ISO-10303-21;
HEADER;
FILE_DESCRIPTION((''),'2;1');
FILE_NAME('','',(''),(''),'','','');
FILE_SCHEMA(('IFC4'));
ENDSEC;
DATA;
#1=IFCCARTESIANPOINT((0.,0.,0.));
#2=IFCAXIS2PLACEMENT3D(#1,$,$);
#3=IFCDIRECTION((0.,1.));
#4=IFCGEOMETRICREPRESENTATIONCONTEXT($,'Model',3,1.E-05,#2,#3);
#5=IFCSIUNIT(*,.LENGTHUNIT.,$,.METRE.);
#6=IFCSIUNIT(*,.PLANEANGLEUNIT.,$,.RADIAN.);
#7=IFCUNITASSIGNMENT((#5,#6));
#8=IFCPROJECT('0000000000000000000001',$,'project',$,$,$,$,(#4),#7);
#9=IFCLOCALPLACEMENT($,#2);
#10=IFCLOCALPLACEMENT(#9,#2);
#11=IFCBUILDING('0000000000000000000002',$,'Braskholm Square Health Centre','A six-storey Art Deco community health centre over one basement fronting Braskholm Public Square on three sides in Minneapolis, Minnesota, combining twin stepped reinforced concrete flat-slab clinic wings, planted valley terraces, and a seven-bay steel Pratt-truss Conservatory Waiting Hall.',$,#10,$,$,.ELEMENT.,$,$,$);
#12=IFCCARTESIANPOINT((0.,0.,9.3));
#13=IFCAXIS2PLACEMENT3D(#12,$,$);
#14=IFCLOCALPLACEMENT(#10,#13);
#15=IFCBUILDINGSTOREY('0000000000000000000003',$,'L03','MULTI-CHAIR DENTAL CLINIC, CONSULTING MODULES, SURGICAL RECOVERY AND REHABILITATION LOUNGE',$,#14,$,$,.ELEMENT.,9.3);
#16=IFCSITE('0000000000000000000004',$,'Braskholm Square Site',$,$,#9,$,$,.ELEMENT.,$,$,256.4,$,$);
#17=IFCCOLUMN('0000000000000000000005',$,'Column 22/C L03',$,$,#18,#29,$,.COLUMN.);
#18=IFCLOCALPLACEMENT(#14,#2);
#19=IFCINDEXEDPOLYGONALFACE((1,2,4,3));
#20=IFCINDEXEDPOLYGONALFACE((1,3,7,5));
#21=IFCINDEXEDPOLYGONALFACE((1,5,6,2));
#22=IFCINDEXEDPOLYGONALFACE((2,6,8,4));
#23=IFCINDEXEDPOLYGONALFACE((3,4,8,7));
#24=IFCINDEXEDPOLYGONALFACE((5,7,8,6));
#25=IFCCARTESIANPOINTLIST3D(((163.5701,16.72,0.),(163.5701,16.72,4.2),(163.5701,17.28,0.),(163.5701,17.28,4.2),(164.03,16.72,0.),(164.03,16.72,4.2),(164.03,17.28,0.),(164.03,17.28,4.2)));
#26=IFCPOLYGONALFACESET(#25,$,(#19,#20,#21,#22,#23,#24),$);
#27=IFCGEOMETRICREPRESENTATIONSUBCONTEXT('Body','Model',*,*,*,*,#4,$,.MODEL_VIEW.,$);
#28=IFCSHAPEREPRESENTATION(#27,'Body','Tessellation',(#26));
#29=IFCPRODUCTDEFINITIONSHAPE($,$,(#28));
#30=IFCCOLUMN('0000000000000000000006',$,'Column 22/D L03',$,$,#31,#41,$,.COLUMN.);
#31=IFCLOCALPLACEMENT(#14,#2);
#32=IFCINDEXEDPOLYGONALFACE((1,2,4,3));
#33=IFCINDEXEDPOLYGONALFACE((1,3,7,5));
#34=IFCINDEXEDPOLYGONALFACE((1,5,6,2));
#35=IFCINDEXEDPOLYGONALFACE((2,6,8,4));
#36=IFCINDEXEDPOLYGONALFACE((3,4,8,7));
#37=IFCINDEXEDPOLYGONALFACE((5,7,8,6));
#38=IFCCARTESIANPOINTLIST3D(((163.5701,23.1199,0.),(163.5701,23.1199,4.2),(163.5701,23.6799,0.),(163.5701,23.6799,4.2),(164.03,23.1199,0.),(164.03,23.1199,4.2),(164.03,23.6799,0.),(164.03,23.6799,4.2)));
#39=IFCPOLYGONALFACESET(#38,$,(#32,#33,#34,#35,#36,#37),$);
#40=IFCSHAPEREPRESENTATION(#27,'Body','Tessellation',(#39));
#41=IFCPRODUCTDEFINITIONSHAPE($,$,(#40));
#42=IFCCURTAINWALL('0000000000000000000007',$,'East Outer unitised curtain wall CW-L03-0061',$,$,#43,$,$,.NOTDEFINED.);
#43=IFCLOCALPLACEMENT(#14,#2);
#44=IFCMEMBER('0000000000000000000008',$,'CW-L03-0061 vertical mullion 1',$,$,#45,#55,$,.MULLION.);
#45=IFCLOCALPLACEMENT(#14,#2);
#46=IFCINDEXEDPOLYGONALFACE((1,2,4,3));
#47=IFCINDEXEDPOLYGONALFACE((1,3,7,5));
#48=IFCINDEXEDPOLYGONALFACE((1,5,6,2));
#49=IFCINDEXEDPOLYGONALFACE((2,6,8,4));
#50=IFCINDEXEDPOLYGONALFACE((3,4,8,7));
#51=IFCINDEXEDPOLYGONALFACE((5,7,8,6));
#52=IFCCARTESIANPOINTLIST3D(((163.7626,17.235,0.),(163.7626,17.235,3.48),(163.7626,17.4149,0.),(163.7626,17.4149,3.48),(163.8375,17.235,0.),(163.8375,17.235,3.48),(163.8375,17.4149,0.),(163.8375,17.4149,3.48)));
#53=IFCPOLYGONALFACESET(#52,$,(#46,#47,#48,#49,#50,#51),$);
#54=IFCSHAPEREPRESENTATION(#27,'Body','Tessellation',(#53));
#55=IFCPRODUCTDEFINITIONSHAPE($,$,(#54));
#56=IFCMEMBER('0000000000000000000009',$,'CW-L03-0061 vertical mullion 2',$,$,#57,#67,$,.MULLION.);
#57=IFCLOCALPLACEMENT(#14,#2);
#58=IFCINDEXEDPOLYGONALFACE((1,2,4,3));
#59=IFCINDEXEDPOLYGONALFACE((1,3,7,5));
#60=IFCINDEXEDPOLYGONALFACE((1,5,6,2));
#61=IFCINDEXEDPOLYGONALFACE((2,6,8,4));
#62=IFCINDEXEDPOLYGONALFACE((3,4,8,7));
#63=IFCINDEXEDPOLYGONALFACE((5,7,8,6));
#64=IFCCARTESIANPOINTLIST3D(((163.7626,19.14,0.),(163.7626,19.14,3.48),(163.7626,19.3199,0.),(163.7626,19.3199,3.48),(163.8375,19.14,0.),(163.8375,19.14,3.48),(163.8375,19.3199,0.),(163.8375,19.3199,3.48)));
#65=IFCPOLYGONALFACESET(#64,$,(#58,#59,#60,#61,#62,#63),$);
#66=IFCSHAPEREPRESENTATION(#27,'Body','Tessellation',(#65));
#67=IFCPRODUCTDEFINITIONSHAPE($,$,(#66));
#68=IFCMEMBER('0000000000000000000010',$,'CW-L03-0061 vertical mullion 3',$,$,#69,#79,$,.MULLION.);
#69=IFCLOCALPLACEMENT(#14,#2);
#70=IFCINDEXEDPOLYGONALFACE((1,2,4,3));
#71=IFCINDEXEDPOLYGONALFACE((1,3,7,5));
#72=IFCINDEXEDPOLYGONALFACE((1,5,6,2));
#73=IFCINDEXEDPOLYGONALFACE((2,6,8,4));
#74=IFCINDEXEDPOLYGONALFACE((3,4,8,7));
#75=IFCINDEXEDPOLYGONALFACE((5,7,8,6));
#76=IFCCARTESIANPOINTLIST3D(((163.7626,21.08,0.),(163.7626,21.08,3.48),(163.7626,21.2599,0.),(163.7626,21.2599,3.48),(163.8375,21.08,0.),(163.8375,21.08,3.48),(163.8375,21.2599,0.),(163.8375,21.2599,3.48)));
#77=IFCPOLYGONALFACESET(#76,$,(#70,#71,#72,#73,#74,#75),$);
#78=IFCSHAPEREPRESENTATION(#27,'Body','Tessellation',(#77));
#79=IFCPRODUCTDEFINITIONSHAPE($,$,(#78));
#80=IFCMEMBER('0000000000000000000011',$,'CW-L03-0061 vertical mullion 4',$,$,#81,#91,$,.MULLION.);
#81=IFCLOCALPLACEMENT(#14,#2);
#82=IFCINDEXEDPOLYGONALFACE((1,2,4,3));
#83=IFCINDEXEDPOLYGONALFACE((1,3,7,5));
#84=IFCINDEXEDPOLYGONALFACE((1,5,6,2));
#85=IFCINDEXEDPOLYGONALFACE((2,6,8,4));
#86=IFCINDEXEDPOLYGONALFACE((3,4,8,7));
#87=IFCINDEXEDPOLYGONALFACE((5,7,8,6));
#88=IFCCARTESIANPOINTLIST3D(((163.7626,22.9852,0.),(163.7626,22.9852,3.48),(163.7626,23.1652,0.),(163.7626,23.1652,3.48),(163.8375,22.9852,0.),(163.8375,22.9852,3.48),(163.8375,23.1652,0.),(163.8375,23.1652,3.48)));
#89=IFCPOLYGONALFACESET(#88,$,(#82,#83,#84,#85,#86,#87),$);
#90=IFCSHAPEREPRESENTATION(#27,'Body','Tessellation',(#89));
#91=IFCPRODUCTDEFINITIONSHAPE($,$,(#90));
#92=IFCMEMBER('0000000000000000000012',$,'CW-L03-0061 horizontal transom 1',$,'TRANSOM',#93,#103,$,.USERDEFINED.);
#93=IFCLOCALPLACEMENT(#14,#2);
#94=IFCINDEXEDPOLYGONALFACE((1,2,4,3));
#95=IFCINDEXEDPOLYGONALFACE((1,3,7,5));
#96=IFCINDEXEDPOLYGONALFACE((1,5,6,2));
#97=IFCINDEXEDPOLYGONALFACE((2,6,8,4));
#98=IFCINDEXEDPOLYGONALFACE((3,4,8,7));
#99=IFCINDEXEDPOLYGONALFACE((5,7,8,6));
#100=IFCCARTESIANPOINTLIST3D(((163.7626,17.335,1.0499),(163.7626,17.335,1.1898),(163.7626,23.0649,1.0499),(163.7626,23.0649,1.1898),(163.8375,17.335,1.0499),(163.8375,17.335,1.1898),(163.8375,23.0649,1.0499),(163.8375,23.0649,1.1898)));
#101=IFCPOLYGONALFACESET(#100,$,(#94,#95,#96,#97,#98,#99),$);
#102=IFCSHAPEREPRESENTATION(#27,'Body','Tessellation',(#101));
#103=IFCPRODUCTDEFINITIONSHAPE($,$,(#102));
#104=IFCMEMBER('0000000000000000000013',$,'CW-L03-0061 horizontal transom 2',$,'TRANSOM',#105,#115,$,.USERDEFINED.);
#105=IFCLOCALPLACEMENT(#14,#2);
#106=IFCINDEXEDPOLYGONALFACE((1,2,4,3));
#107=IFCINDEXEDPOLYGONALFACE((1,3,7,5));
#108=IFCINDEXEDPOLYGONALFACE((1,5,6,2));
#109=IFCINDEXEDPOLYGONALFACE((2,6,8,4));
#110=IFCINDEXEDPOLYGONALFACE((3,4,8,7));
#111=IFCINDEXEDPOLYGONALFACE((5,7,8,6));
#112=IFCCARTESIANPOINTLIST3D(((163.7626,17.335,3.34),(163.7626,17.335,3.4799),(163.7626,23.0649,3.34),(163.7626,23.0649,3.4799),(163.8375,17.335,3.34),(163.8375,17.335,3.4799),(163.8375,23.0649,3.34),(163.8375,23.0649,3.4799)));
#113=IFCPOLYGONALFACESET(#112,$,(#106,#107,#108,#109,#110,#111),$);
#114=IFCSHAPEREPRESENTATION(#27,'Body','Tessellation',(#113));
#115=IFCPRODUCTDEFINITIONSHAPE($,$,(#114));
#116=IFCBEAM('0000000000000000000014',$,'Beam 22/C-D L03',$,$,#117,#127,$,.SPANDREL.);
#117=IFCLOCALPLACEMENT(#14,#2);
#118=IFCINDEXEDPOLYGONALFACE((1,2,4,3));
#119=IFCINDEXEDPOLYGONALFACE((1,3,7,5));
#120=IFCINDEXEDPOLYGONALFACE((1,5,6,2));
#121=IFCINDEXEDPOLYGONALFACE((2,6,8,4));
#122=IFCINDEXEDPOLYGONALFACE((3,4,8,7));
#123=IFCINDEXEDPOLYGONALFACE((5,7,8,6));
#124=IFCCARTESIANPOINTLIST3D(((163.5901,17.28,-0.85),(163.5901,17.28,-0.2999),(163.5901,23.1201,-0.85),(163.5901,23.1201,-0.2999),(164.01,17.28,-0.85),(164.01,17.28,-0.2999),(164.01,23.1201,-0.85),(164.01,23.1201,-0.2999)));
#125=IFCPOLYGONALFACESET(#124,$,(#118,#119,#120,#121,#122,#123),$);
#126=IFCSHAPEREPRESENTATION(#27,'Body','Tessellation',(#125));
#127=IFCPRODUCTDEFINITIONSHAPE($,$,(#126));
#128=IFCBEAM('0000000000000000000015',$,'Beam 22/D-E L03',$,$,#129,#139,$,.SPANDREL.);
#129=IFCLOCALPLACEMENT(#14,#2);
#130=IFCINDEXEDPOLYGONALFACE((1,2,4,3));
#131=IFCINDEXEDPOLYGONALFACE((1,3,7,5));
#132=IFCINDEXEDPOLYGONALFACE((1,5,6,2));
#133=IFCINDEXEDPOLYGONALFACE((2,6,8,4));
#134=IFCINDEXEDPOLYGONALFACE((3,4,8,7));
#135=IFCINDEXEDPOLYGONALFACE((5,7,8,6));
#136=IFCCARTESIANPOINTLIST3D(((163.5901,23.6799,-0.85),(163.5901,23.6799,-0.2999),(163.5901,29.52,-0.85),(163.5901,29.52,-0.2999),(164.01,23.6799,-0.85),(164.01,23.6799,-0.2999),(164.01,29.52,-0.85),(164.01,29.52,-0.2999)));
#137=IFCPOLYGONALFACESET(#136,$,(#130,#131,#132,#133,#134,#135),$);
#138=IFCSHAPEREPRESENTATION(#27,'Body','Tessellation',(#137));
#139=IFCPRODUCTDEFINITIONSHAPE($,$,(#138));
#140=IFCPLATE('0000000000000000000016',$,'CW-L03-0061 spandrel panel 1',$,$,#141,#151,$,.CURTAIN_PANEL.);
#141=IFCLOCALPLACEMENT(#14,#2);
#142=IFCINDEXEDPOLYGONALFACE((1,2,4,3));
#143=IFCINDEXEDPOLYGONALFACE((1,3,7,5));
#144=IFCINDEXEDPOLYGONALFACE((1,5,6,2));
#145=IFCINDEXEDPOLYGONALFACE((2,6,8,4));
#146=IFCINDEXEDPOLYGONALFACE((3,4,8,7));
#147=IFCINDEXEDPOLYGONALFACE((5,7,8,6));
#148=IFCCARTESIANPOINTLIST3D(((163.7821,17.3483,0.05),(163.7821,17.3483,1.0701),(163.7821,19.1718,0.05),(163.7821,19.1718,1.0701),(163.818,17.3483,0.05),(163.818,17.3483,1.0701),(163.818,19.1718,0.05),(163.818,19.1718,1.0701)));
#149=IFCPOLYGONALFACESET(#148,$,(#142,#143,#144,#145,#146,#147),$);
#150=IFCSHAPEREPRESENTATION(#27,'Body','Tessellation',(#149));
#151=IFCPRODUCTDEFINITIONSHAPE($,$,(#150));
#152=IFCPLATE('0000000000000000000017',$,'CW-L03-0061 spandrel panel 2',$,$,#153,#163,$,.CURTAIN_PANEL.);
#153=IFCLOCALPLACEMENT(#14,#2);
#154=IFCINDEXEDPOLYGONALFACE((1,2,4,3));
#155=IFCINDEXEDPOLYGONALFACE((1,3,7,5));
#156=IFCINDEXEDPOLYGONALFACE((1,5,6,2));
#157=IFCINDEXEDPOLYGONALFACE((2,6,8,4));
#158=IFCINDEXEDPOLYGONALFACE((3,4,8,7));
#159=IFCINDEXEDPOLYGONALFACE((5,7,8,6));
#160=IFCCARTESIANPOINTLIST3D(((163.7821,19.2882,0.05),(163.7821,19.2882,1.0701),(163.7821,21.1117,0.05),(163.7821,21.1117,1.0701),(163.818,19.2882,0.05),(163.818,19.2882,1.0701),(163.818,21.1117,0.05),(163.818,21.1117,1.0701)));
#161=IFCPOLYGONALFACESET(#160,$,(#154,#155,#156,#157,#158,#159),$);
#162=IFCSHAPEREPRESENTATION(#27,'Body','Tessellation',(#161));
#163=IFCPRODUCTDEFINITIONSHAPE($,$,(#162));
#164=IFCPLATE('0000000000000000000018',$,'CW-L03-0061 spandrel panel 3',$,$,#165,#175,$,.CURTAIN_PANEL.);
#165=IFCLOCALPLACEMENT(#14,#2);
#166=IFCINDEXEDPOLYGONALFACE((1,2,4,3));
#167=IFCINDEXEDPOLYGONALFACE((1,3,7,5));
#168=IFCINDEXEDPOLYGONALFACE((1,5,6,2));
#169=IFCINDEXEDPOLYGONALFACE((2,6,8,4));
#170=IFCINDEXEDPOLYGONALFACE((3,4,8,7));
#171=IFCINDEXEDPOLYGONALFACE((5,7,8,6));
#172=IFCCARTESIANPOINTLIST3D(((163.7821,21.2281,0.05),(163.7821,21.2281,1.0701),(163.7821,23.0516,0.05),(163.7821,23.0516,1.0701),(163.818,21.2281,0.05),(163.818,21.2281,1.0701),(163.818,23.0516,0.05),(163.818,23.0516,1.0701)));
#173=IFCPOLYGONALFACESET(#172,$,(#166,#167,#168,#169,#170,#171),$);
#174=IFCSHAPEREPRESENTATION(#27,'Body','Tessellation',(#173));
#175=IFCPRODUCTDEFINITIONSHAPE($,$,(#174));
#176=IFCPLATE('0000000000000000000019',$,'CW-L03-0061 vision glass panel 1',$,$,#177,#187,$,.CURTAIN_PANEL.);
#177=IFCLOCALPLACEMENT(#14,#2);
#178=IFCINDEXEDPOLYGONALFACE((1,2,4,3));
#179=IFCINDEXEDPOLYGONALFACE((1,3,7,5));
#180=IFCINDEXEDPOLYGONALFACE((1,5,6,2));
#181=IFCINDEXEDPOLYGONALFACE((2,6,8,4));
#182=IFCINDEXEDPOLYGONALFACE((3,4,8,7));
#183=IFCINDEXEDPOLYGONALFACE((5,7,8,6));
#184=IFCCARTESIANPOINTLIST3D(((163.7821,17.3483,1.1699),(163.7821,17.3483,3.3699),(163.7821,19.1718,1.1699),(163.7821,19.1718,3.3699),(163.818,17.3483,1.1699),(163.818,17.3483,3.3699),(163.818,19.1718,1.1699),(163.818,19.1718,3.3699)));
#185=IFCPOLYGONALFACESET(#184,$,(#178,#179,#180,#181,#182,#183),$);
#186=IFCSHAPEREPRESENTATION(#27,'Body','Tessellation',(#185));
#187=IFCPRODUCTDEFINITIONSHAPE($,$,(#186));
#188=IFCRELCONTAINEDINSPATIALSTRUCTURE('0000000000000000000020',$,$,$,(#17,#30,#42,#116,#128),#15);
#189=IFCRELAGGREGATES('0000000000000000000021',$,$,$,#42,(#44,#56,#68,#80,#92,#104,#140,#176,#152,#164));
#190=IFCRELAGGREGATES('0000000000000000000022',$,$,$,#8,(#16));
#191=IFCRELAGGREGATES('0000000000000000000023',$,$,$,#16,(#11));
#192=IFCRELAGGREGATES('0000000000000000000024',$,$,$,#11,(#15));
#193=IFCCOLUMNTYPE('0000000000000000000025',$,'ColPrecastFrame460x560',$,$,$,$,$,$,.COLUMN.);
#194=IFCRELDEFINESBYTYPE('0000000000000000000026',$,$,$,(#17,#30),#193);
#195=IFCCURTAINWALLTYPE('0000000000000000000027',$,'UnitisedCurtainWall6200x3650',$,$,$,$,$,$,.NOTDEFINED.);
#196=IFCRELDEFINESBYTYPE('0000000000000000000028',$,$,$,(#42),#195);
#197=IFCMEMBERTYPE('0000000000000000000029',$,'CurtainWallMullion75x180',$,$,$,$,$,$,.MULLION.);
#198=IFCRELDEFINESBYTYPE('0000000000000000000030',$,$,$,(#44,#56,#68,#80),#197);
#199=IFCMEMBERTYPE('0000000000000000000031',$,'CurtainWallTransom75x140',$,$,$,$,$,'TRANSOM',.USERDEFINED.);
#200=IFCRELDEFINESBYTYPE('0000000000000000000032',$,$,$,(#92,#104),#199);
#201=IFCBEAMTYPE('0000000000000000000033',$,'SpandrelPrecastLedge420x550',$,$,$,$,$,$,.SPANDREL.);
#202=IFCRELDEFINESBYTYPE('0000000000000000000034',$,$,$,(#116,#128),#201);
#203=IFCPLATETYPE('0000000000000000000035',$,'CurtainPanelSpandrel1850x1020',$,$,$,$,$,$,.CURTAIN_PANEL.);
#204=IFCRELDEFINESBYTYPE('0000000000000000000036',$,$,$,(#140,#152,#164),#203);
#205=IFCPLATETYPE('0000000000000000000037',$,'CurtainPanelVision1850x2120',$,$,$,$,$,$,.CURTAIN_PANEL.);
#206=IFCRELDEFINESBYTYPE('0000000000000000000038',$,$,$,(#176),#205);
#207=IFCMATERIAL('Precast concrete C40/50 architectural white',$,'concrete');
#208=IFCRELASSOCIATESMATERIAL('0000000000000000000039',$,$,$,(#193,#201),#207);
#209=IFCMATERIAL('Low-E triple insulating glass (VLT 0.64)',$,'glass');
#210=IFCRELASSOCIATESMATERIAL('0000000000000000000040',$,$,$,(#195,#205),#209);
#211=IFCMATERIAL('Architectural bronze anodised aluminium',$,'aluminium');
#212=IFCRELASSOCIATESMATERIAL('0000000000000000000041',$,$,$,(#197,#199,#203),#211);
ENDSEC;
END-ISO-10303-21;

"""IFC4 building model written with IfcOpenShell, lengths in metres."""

from ifc_helpers import new_model, si_unit, direction, frame, origin, origin_2d, place, context, subcontext, project, spatial, rectangle, extrude, material, material_profile, profile_set, type_object, element, aggregate, save


model = new_model("IFC4")

# Units and contexts
model_context = context("Model", 3, precision=1e-05, world=origin(), true_north=direction((0.0, 1.0)))
body_context = subcontext(model_context, "Body", "Model", "MODEL_VIEW")
ifc_project = project(units=[si_unit("LENGTHUNIT", "METRE"), si_unit("PLANEANGLEUNIT", "RADIAN")], contexts=[model_context])

# Site, building, storey
site_placement = place(None, origin())
site = spatial("IfcSite", under=ifc_project, at=site_placement, Name="Braskholm Square Site", CompositionType="ELEMENT", RefElevation=256.4)
building_placement = place(site_placement, origin())
building = spatial("IfcBuilding", under=site, at=building_placement, Name="Braskholm Square Health Centre", Description="A six-storey Art Deco community health centre over one basement fronting Braskholm Public Square on three sides in Minneapolis, Minnesota, combining twin stepped reinforced concrete flat-slab clinic wings, planted valley terraces, and a seven-bay steel Pratt-truss Conservatory Waiting Hall.", CompositionType="ELEMENT")
storey_placement = place(building_placement, frame((0.0, 0.0, 9.3)))
storey = spatial("IfcBuildingStorey", under=building, at=storey_placement, Name="L03", Description="MULTI-CHAIR DENTAL CLINIC, CONSULTING MODULES, SURGICAL RECOVERY AND REHABILITATION LOUNGE", CompositionType="ELEMENT", Elevation=9.3)

# Columns
ifc_material_1 = material(Name="Precast concrete C40/50 architectural white", Category="concrete")
ifc_material_profile_1 = material_profile(ifc_material_1, rectangle(XDim=0.46, YDim=0.5601, at=origin_2d()), Name="RC-460X560")
ifc_profile_set_1 = profile_set([ifc_material_profile_1], Name="Precast concrete C40/50 architectural white")
column_type = type_object("IfcColumnType", Name="ColPrecastFrame460x560", PredefinedType="COLUMN", material=ifc_profile_set_1)
for number, where, z_axis, x_axis, name in (
    (1, (163.8, 17.0, 0.0), (0.0, 0.0, 1.0), (1.0, 0.0, 0.0), "Column 22/C L03"),
    (2, (163.8, 23.3999, 0.0), (0.0, 0.0, 1.0), (1.0, 0.0, 0.0), "Column 22/D L03"),
):
    element("IfcColumn", number, at=place(storey_placement, frame(where, z_axis=z_axis, x_axis=x_axis)), inside=storey, type_object=column_type, Name=name, PredefinedType="COLUMN", context=body_context, shape_type="SweptSolid", body=[
        extrude(rectangle(XDim=0.46, YDim=0.5601, at=origin_2d()), origin(), (0.0, 0.0, 1.0), 4.2),
    ])

# Curtain wall, members
ifc_material_2 = material(Name="Low-E triple insulating glass (VLT 0.64)", Category="glass")
curtain_wall_type = type_object("IfcCurtainWallType", Name="UnitisedCurtainWall6200x3650", PredefinedType="NOTDEFINED", material=ifc_material_2)
curtain_wall_placement = place(storey_placement, origin())
curtain_wall = element("IfcCurtainWall", 3, at=curtain_wall_placement, inside=storey, type_object=curtain_wall_type, Name="East Outer unitised curtain wall CW-L03-0061", PredefinedType="NOTDEFINED")
ifc_material_3 = material(Name="Architectural bronze anodised aluminium", Category="aluminium")
ifc_material_profile_2 = material_profile(ifc_material_3, rectangle(XDim=0.075, YDim=0.1799, at=origin_2d()), Name="ALU-75X180")
ifc_profile_set_2 = profile_set([ifc_material_profile_2], Name="Architectural bronze anodised aluminium")
member_type_1 = type_object("IfcMemberType", Name="CurtainWallMullion75x180", PredefinedType="MULLION", material=ifc_profile_set_2)
member_1_placement = place(storey_placement, frame((163.8, 17.325, 0.0), z_axis=(0.0, 0.0, 1.0), x_axis=(1.0, 0.0, 0.0)))
member_1 = element("IfcMember", 4, at=member_1_placement, type_object=member_type_1, Name="CW-L03-0061 vertical mullion 1", PredefinedType="MULLION", context=body_context, shape_type="SweptSolid", body=[
    extrude(rectangle(XDim=0.075, YDim=0.1799, at=origin_2d()), origin(), (0.0, 0.0, 1.0), 3.48),
])
member_2_placement = place(storey_placement, frame((163.8, 19.23, 0.0), z_axis=(0.0, 0.0, 1.0), x_axis=(1.0, 0.0, 0.0)))
member_2 = element("IfcMember", 5, at=member_2_placement, type_object=member_type_1, Name="CW-L03-0061 vertical mullion 2", PredefinedType="MULLION", context=body_context, shape_type="SweptSolid", body=[
    extrude(rectangle(XDim=0.075, YDim=0.1799, at=origin_2d()), origin(), (0.0, 0.0, 1.0), 3.48),
])
member_3_placement = place(storey_placement, frame((163.8, 21.1699, 0.0), z_axis=(0.0, 0.0, 1.0), x_axis=(1.0, 0.0, 0.0)))
member_3 = element("IfcMember", 6, at=member_3_placement, type_object=member_type_1, Name="CW-L03-0061 vertical mullion 3", PredefinedType="MULLION", context=body_context, shape_type="SweptSolid", body=[
    extrude(rectangle(XDim=0.075, YDim=0.1799, at=origin_2d()), origin(), (0.0, 0.0, 1.0), 3.48),
])
member_4_placement = place(storey_placement, frame((163.8, 23.0752, 0.0), z_axis=(0.0, 0.0, 1.0), x_axis=(1.0, 0.0, 0.0)))
member_4 = element("IfcMember", 7, at=member_4_placement, type_object=member_type_1, Name="CW-L03-0061 vertical mullion 4", PredefinedType="MULLION", context=body_context, shape_type="SweptSolid", body=[
    extrude(rectangle(XDim=0.075, YDim=0.1799, at=origin_2d()), origin(), (0.0, 0.0, 1.0), 3.48),
])
ifc_material_profile_3 = material_profile(ifc_material_3, rectangle(XDim=0.075, YDim=0.1399, at=origin_2d()), Name="ALU-75X140")
ifc_profile_set_3 = profile_set([ifc_material_profile_3], Name="Architectural bronze anodised aluminium")
member_type_2 = type_object("IfcMemberType", Name="CurtainWallTransom75x140", ElementType="TRANSOM", PredefinedType="USERDEFINED", material=ifc_profile_set_3)
member_5_placement = place(storey_placement, frame((163.8, 17.335, 1.1199), z_axis=(0.0, 1.0, 0.0), x_axis=(-1.0, 0.0, 0.0)))
member_5 = element("IfcMember", 8, at=member_5_placement, type_object=member_type_2, Name="CW-L03-0061 horizontal transom 1", ObjectType="TRANSOM", PredefinedType="USERDEFINED", context=body_context, shape_type="SweptSolid", body=[
    extrude(rectangle(XDim=0.075, YDim=0.1399, at=origin_2d()), origin(), (0.0, 0.0, 1.0), 5.73),
])
member_6_placement = place(storey_placement, frame((163.8, 17.335, 3.4099), z_axis=(0.0, 1.0, 0.0), x_axis=(-1.0, 0.0, 0.0)))
member_6 = element("IfcMember", 9, at=member_6_placement, type_object=member_type_2, Name="CW-L03-0061 horizontal transom 2", ObjectType="TRANSOM", PredefinedType="USERDEFINED", context=body_context, shape_type="SweptSolid", body=[
    extrude(rectangle(XDim=0.075, YDim=0.1399, at=origin_2d()), origin(), (0.0, 0.0, 1.0), 5.73),
])

# Beams
ifc_material_profile_4 = material_profile(ifc_material_1, rectangle(XDim=0.4199, YDim=0.55, at=origin_2d()), Name="RCB-420X550")
ifc_profile_set_4 = profile_set([ifc_material_profile_4], Name="Precast concrete C40/50 architectural white")
beam_type = type_object("IfcBeamType", Name="SpandrelPrecastLedge420x550", PredefinedType="SPANDREL", material=ifc_profile_set_4)
for number, where, z_axis, x_axis, name in (
    (10, (163.8, 17.28, -0.575), (0.0, 1.0, 0.0), (-1.0, 0.0, 0.0), "Beam 22/C-D L03"),
    (11, (163.8, 23.6799, -0.575), (0.0, 1.0, 0.0), (-1.0, 0.0, 0.0), "Beam 22/D-E L03"),
):
    element("IfcBeam", number, at=place(storey_placement, frame(where, z_axis=z_axis, x_axis=x_axis)), inside=storey, type_object=beam_type, Name=name, PredefinedType="SPANDREL", context=body_context, shape_type="SweptSolid", body=[
        extrude(rectangle(XDim=0.4199, YDim=0.55, at=origin_2d()), origin(), (0.0, 0.0, 1.0), 5.8401),
    ])

# Plates
plate_type_1 = type_object("IfcPlateType", Name="CurtainPanelSpandrel1850x1020", PredefinedType="CURTAIN_PANEL", material=ifc_material_3)
plate_1_placement = place(storey_placement, frame((163.8, 18.26, 0.05), z_axis=(0.0, 0.0, 1.0), x_axis=(0.0, 1.0, 0.0)))
plate_1 = element("IfcPlate", 12, at=plate_1_placement, type_object=plate_type_1, Name="CW-L03-0061 spandrel panel 1", PredefinedType="CURTAIN_PANEL", context=body_context, shape_type="SweptSolid", body=[
    extrude(rectangle(XDim=1.8235, YDim=0.0359, at=origin_2d()), origin(), (0.0, 0.0, 1.0), 1.02),
])
plate_2_placement = place(storey_placement, frame((163.8, 20.2, 0.05), z_axis=(0.0, 0.0, 1.0), x_axis=(0.0, 1.0, 0.0)))
plate_2 = element("IfcPlate", 13, at=plate_2_placement, type_object=plate_type_1, Name="CW-L03-0061 spandrel panel 2", PredefinedType="CURTAIN_PANEL", context=body_context, shape_type="SweptSolid", body=[
    extrude(rectangle(XDim=1.8235, YDim=0.0359, at=origin_2d()), origin(), (0.0, 0.0, 1.0), 1.02),
])
plate_3_placement = place(storey_placement, frame((163.8, 22.1399, 0.05), z_axis=(0.0, 0.0, 1.0), x_axis=(0.0, 1.0, 0.0)))
plate_3 = element("IfcPlate", 14, at=plate_3_placement, type_object=plate_type_1, Name="CW-L03-0061 spandrel panel 3", PredefinedType="CURTAIN_PANEL", context=body_context, shape_type="SweptSolid", body=[
    extrude(rectangle(XDim=1.8235, YDim=0.0359, at=origin_2d()), origin(), (0.0, 0.0, 1.0), 1.02),
])
plate_type_2 = type_object("IfcPlateType", Name="CurtainPanelVision1850x2120", PredefinedType="CURTAIN_PANEL", material=ifc_material_2)
plate_4_placement = place(storey_placement, frame((163.8, 18.26, 1.1699), z_axis=(0.0, 0.0, 1.0), x_axis=(0.0, 1.0, 0.0)))
plate_4 = element("IfcPlate", 15, at=plate_4_placement, type_object=plate_type_2, Name="CW-L03-0061 vision glass panel 1", PredefinedType="CURTAIN_PANEL", context=body_context, shape_type="SweptSolid", body=[
    extrude(rectangle(XDim=1.8235, YDim=0.0359, at=origin_2d()), origin(), (0.0, 0.0, 1.0), 2.2),
])
aggregate(curtain_wall, [member_1, member_2, member_3, member_4, member_5, member_6, plate_1, plate_4, plate_2, plate_3])

save(model, "model.ifc")
